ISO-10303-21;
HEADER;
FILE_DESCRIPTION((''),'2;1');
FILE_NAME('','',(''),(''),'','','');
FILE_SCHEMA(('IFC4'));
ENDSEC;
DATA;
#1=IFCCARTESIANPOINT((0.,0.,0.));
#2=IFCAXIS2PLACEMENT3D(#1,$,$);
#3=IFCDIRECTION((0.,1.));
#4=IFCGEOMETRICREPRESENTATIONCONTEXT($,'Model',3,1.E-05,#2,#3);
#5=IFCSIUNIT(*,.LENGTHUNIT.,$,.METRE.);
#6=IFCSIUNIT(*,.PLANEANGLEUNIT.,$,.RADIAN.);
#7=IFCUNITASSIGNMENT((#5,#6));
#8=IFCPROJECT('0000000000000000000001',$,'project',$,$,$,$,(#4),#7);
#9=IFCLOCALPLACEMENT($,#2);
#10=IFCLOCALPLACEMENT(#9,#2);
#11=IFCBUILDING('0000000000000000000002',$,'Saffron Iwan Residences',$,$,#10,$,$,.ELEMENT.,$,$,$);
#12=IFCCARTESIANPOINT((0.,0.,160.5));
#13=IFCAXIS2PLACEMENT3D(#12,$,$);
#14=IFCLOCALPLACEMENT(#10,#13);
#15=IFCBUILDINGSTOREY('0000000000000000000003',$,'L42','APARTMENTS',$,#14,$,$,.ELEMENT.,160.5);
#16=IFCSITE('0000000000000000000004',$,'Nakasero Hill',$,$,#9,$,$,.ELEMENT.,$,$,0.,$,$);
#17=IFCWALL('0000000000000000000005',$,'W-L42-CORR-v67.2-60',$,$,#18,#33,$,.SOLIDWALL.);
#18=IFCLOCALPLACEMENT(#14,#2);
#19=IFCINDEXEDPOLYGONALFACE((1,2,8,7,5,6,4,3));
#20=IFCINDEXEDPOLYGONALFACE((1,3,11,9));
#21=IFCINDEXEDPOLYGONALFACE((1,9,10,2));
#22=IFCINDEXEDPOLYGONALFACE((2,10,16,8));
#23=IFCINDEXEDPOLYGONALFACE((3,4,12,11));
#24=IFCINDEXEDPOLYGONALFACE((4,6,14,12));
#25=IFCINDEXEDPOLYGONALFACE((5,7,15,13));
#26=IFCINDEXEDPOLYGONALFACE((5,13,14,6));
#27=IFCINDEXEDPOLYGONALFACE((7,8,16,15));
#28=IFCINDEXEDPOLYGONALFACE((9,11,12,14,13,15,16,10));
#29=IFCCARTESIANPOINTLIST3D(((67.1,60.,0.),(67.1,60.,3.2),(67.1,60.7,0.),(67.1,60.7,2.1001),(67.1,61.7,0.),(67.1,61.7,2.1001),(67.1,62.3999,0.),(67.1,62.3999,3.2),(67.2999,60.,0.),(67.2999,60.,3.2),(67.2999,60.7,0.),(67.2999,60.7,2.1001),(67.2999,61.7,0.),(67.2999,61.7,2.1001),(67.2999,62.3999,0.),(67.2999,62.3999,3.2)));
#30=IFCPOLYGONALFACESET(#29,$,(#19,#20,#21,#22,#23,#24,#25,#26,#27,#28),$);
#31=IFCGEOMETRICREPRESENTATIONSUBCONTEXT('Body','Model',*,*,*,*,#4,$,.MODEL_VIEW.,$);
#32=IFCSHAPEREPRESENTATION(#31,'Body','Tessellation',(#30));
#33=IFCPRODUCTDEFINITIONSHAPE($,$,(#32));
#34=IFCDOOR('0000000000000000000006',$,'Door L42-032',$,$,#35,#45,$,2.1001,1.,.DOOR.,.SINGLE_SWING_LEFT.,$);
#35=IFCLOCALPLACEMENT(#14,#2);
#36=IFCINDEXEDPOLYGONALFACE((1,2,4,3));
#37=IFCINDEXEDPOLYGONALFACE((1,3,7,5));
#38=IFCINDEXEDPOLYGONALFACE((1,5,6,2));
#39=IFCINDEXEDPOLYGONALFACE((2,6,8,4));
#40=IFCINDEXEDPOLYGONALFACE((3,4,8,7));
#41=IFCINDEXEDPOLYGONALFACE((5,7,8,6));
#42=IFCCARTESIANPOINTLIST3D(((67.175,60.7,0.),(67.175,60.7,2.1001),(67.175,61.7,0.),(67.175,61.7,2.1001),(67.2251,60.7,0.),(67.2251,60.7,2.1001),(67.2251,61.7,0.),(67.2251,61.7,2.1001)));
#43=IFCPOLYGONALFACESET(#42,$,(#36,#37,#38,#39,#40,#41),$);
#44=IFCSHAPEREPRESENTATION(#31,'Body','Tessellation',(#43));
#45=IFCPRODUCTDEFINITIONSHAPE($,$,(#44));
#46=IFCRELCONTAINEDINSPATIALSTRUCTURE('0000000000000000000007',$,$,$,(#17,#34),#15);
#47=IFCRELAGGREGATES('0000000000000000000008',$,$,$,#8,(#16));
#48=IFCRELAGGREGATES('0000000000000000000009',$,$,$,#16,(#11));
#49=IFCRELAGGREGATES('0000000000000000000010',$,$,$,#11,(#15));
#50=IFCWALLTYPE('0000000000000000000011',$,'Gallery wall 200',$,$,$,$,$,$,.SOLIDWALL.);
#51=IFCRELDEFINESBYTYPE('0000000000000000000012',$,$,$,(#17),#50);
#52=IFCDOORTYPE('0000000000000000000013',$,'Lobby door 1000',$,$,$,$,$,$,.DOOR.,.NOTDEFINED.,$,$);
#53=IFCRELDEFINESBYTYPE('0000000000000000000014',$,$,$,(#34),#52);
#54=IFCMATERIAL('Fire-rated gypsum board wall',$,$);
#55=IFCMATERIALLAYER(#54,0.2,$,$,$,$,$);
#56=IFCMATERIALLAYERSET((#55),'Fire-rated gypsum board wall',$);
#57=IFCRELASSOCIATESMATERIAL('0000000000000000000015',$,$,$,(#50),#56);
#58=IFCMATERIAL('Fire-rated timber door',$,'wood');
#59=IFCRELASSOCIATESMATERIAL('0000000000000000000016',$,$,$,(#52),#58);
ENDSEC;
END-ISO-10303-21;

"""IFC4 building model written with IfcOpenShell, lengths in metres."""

from ifc_helpers import new_model, si_unit, direction, frame, frame_2d, origin, place, context, subcontext, project, spatial, rectangle, extrude, material, layer, layer_set, type_object, element, fill, save


model = new_model("IFC4")

# Units and contexts
model_context = context("Model", 3, precision=1e-05, world=origin(), true_north=direction((0.0, 1.0)))
body_context = subcontext(model_context, "Body", "Model", "MODEL_VIEW")
ifc_project = project(units=[si_unit("LENGTHUNIT", "METRE"), si_unit("PLANEANGLEUNIT", "RADIAN")], contexts=[model_context])

# Site, building, storey
site_placement = place(None, origin())
site = spatial("IfcSite", under=ifc_project, at=site_placement, Name="Nakasero Hill", CompositionType="ELEMENT", RefElevation=0.0)
building_placement = place(site_placement, origin())
building = spatial("IfcBuilding", under=site, at=building_placement, Name="Saffron Iwan Residences", CompositionType="ELEMENT")
storey_placement = place(building_placement, frame((0.0, 0.0, 160.5)))
storey = spatial("IfcBuildingStorey", under=building, at=storey_placement, Name="L42", Description="APARTMENTS", CompositionType="ELEMENT", Elevation=160.5)

# Shared definitions
ifc_material_1 = material(Name="Fire-rated gypsum board wall")

# Shared definitions
ifc_layer_1 = layer(ifc_material_1, 0.2)
ifc_layer_set_1 = layer_set([ifc_layer_1], Name="Fire-rated gypsum board wall")
wall_type_1 = type_object("IfcWallType", Name="Gallery wall 200", PredefinedType="SOLIDWALL", material=ifc_layer_set_1)

# Wall, opening, door
wall_1_placement = place(storey_placement, frame((67.2, 60.0, 0.0), z_axis=(0.0, 0.0, 1.0), x_axis=(0.0, 1.0, 0.0)))
wall_1 = element("IfcWall", 1, at=wall_1_placement, inside=storey, type_object=wall_type_1, Name="W-L42-CORR-v67.2-60", PredefinedType="SOLIDWALL", context=body_context, shape_type="SweptSolid", body=[
    extrude(rectangle(XDim=2.3999, YDim=0.2, at=frame_2d((1.2, 0.0))), origin(), (0.0, 0.0, 1.0), 3.2),
])
opening_1_placement = place(wall_1_placement, frame((0.7, 0.0, 0.0)))
opening_1 = element("IfcOpeningElement", 2, at=opening_1_placement, cuts=wall_1, PredefinedType="OPENING", context=body_context, shape_type="SweptSolid", body=[
    extrude(rectangle(XDim=1.0, YDim=2.1001, at=frame_2d((0.5, 1.05))), frame((0.0, 0.1099, 0.0), z_axis=(0.0, -1.0, 0.0), x_axis=(1.0, 0.0, 0.0)), (0.0, 0.0, 1.0), 0.22),
])
ifc_material_2 = material(Name="Fire-rated timber door", Category="wood")
door_type_1 = type_object("IfcDoorType", Name="Lobby door 1000", OperationType="NOTDEFINED", PredefinedType="DOOR", material=ifc_material_2)
door_1_placement = place(opening_1_placement, origin())
door_1 = element("IfcDoor", 3, at=door_1_placement, inside=storey, type_object=door_type_1, Name="Door L42-032", OperationType="SINGLE_SWING_LEFT", OverallHeight=2.1001, OverallWidth=1.0, PredefinedType="DOOR", context=body_context, shape_type="SweptSolid", body=[
    extrude(rectangle(XDim=1.0, YDim=2.1001, at=frame_2d((0.5, 1.05))), frame((0.0, 0.0249, 0.0), z_axis=(0.0, -1.0, 0.0), x_axis=(1.0, 0.0, 0.0)), (0.0, 0.0, 1.0), 0.05),
])
fill(opening_1, door_1)

save(model, "model.ifc")
